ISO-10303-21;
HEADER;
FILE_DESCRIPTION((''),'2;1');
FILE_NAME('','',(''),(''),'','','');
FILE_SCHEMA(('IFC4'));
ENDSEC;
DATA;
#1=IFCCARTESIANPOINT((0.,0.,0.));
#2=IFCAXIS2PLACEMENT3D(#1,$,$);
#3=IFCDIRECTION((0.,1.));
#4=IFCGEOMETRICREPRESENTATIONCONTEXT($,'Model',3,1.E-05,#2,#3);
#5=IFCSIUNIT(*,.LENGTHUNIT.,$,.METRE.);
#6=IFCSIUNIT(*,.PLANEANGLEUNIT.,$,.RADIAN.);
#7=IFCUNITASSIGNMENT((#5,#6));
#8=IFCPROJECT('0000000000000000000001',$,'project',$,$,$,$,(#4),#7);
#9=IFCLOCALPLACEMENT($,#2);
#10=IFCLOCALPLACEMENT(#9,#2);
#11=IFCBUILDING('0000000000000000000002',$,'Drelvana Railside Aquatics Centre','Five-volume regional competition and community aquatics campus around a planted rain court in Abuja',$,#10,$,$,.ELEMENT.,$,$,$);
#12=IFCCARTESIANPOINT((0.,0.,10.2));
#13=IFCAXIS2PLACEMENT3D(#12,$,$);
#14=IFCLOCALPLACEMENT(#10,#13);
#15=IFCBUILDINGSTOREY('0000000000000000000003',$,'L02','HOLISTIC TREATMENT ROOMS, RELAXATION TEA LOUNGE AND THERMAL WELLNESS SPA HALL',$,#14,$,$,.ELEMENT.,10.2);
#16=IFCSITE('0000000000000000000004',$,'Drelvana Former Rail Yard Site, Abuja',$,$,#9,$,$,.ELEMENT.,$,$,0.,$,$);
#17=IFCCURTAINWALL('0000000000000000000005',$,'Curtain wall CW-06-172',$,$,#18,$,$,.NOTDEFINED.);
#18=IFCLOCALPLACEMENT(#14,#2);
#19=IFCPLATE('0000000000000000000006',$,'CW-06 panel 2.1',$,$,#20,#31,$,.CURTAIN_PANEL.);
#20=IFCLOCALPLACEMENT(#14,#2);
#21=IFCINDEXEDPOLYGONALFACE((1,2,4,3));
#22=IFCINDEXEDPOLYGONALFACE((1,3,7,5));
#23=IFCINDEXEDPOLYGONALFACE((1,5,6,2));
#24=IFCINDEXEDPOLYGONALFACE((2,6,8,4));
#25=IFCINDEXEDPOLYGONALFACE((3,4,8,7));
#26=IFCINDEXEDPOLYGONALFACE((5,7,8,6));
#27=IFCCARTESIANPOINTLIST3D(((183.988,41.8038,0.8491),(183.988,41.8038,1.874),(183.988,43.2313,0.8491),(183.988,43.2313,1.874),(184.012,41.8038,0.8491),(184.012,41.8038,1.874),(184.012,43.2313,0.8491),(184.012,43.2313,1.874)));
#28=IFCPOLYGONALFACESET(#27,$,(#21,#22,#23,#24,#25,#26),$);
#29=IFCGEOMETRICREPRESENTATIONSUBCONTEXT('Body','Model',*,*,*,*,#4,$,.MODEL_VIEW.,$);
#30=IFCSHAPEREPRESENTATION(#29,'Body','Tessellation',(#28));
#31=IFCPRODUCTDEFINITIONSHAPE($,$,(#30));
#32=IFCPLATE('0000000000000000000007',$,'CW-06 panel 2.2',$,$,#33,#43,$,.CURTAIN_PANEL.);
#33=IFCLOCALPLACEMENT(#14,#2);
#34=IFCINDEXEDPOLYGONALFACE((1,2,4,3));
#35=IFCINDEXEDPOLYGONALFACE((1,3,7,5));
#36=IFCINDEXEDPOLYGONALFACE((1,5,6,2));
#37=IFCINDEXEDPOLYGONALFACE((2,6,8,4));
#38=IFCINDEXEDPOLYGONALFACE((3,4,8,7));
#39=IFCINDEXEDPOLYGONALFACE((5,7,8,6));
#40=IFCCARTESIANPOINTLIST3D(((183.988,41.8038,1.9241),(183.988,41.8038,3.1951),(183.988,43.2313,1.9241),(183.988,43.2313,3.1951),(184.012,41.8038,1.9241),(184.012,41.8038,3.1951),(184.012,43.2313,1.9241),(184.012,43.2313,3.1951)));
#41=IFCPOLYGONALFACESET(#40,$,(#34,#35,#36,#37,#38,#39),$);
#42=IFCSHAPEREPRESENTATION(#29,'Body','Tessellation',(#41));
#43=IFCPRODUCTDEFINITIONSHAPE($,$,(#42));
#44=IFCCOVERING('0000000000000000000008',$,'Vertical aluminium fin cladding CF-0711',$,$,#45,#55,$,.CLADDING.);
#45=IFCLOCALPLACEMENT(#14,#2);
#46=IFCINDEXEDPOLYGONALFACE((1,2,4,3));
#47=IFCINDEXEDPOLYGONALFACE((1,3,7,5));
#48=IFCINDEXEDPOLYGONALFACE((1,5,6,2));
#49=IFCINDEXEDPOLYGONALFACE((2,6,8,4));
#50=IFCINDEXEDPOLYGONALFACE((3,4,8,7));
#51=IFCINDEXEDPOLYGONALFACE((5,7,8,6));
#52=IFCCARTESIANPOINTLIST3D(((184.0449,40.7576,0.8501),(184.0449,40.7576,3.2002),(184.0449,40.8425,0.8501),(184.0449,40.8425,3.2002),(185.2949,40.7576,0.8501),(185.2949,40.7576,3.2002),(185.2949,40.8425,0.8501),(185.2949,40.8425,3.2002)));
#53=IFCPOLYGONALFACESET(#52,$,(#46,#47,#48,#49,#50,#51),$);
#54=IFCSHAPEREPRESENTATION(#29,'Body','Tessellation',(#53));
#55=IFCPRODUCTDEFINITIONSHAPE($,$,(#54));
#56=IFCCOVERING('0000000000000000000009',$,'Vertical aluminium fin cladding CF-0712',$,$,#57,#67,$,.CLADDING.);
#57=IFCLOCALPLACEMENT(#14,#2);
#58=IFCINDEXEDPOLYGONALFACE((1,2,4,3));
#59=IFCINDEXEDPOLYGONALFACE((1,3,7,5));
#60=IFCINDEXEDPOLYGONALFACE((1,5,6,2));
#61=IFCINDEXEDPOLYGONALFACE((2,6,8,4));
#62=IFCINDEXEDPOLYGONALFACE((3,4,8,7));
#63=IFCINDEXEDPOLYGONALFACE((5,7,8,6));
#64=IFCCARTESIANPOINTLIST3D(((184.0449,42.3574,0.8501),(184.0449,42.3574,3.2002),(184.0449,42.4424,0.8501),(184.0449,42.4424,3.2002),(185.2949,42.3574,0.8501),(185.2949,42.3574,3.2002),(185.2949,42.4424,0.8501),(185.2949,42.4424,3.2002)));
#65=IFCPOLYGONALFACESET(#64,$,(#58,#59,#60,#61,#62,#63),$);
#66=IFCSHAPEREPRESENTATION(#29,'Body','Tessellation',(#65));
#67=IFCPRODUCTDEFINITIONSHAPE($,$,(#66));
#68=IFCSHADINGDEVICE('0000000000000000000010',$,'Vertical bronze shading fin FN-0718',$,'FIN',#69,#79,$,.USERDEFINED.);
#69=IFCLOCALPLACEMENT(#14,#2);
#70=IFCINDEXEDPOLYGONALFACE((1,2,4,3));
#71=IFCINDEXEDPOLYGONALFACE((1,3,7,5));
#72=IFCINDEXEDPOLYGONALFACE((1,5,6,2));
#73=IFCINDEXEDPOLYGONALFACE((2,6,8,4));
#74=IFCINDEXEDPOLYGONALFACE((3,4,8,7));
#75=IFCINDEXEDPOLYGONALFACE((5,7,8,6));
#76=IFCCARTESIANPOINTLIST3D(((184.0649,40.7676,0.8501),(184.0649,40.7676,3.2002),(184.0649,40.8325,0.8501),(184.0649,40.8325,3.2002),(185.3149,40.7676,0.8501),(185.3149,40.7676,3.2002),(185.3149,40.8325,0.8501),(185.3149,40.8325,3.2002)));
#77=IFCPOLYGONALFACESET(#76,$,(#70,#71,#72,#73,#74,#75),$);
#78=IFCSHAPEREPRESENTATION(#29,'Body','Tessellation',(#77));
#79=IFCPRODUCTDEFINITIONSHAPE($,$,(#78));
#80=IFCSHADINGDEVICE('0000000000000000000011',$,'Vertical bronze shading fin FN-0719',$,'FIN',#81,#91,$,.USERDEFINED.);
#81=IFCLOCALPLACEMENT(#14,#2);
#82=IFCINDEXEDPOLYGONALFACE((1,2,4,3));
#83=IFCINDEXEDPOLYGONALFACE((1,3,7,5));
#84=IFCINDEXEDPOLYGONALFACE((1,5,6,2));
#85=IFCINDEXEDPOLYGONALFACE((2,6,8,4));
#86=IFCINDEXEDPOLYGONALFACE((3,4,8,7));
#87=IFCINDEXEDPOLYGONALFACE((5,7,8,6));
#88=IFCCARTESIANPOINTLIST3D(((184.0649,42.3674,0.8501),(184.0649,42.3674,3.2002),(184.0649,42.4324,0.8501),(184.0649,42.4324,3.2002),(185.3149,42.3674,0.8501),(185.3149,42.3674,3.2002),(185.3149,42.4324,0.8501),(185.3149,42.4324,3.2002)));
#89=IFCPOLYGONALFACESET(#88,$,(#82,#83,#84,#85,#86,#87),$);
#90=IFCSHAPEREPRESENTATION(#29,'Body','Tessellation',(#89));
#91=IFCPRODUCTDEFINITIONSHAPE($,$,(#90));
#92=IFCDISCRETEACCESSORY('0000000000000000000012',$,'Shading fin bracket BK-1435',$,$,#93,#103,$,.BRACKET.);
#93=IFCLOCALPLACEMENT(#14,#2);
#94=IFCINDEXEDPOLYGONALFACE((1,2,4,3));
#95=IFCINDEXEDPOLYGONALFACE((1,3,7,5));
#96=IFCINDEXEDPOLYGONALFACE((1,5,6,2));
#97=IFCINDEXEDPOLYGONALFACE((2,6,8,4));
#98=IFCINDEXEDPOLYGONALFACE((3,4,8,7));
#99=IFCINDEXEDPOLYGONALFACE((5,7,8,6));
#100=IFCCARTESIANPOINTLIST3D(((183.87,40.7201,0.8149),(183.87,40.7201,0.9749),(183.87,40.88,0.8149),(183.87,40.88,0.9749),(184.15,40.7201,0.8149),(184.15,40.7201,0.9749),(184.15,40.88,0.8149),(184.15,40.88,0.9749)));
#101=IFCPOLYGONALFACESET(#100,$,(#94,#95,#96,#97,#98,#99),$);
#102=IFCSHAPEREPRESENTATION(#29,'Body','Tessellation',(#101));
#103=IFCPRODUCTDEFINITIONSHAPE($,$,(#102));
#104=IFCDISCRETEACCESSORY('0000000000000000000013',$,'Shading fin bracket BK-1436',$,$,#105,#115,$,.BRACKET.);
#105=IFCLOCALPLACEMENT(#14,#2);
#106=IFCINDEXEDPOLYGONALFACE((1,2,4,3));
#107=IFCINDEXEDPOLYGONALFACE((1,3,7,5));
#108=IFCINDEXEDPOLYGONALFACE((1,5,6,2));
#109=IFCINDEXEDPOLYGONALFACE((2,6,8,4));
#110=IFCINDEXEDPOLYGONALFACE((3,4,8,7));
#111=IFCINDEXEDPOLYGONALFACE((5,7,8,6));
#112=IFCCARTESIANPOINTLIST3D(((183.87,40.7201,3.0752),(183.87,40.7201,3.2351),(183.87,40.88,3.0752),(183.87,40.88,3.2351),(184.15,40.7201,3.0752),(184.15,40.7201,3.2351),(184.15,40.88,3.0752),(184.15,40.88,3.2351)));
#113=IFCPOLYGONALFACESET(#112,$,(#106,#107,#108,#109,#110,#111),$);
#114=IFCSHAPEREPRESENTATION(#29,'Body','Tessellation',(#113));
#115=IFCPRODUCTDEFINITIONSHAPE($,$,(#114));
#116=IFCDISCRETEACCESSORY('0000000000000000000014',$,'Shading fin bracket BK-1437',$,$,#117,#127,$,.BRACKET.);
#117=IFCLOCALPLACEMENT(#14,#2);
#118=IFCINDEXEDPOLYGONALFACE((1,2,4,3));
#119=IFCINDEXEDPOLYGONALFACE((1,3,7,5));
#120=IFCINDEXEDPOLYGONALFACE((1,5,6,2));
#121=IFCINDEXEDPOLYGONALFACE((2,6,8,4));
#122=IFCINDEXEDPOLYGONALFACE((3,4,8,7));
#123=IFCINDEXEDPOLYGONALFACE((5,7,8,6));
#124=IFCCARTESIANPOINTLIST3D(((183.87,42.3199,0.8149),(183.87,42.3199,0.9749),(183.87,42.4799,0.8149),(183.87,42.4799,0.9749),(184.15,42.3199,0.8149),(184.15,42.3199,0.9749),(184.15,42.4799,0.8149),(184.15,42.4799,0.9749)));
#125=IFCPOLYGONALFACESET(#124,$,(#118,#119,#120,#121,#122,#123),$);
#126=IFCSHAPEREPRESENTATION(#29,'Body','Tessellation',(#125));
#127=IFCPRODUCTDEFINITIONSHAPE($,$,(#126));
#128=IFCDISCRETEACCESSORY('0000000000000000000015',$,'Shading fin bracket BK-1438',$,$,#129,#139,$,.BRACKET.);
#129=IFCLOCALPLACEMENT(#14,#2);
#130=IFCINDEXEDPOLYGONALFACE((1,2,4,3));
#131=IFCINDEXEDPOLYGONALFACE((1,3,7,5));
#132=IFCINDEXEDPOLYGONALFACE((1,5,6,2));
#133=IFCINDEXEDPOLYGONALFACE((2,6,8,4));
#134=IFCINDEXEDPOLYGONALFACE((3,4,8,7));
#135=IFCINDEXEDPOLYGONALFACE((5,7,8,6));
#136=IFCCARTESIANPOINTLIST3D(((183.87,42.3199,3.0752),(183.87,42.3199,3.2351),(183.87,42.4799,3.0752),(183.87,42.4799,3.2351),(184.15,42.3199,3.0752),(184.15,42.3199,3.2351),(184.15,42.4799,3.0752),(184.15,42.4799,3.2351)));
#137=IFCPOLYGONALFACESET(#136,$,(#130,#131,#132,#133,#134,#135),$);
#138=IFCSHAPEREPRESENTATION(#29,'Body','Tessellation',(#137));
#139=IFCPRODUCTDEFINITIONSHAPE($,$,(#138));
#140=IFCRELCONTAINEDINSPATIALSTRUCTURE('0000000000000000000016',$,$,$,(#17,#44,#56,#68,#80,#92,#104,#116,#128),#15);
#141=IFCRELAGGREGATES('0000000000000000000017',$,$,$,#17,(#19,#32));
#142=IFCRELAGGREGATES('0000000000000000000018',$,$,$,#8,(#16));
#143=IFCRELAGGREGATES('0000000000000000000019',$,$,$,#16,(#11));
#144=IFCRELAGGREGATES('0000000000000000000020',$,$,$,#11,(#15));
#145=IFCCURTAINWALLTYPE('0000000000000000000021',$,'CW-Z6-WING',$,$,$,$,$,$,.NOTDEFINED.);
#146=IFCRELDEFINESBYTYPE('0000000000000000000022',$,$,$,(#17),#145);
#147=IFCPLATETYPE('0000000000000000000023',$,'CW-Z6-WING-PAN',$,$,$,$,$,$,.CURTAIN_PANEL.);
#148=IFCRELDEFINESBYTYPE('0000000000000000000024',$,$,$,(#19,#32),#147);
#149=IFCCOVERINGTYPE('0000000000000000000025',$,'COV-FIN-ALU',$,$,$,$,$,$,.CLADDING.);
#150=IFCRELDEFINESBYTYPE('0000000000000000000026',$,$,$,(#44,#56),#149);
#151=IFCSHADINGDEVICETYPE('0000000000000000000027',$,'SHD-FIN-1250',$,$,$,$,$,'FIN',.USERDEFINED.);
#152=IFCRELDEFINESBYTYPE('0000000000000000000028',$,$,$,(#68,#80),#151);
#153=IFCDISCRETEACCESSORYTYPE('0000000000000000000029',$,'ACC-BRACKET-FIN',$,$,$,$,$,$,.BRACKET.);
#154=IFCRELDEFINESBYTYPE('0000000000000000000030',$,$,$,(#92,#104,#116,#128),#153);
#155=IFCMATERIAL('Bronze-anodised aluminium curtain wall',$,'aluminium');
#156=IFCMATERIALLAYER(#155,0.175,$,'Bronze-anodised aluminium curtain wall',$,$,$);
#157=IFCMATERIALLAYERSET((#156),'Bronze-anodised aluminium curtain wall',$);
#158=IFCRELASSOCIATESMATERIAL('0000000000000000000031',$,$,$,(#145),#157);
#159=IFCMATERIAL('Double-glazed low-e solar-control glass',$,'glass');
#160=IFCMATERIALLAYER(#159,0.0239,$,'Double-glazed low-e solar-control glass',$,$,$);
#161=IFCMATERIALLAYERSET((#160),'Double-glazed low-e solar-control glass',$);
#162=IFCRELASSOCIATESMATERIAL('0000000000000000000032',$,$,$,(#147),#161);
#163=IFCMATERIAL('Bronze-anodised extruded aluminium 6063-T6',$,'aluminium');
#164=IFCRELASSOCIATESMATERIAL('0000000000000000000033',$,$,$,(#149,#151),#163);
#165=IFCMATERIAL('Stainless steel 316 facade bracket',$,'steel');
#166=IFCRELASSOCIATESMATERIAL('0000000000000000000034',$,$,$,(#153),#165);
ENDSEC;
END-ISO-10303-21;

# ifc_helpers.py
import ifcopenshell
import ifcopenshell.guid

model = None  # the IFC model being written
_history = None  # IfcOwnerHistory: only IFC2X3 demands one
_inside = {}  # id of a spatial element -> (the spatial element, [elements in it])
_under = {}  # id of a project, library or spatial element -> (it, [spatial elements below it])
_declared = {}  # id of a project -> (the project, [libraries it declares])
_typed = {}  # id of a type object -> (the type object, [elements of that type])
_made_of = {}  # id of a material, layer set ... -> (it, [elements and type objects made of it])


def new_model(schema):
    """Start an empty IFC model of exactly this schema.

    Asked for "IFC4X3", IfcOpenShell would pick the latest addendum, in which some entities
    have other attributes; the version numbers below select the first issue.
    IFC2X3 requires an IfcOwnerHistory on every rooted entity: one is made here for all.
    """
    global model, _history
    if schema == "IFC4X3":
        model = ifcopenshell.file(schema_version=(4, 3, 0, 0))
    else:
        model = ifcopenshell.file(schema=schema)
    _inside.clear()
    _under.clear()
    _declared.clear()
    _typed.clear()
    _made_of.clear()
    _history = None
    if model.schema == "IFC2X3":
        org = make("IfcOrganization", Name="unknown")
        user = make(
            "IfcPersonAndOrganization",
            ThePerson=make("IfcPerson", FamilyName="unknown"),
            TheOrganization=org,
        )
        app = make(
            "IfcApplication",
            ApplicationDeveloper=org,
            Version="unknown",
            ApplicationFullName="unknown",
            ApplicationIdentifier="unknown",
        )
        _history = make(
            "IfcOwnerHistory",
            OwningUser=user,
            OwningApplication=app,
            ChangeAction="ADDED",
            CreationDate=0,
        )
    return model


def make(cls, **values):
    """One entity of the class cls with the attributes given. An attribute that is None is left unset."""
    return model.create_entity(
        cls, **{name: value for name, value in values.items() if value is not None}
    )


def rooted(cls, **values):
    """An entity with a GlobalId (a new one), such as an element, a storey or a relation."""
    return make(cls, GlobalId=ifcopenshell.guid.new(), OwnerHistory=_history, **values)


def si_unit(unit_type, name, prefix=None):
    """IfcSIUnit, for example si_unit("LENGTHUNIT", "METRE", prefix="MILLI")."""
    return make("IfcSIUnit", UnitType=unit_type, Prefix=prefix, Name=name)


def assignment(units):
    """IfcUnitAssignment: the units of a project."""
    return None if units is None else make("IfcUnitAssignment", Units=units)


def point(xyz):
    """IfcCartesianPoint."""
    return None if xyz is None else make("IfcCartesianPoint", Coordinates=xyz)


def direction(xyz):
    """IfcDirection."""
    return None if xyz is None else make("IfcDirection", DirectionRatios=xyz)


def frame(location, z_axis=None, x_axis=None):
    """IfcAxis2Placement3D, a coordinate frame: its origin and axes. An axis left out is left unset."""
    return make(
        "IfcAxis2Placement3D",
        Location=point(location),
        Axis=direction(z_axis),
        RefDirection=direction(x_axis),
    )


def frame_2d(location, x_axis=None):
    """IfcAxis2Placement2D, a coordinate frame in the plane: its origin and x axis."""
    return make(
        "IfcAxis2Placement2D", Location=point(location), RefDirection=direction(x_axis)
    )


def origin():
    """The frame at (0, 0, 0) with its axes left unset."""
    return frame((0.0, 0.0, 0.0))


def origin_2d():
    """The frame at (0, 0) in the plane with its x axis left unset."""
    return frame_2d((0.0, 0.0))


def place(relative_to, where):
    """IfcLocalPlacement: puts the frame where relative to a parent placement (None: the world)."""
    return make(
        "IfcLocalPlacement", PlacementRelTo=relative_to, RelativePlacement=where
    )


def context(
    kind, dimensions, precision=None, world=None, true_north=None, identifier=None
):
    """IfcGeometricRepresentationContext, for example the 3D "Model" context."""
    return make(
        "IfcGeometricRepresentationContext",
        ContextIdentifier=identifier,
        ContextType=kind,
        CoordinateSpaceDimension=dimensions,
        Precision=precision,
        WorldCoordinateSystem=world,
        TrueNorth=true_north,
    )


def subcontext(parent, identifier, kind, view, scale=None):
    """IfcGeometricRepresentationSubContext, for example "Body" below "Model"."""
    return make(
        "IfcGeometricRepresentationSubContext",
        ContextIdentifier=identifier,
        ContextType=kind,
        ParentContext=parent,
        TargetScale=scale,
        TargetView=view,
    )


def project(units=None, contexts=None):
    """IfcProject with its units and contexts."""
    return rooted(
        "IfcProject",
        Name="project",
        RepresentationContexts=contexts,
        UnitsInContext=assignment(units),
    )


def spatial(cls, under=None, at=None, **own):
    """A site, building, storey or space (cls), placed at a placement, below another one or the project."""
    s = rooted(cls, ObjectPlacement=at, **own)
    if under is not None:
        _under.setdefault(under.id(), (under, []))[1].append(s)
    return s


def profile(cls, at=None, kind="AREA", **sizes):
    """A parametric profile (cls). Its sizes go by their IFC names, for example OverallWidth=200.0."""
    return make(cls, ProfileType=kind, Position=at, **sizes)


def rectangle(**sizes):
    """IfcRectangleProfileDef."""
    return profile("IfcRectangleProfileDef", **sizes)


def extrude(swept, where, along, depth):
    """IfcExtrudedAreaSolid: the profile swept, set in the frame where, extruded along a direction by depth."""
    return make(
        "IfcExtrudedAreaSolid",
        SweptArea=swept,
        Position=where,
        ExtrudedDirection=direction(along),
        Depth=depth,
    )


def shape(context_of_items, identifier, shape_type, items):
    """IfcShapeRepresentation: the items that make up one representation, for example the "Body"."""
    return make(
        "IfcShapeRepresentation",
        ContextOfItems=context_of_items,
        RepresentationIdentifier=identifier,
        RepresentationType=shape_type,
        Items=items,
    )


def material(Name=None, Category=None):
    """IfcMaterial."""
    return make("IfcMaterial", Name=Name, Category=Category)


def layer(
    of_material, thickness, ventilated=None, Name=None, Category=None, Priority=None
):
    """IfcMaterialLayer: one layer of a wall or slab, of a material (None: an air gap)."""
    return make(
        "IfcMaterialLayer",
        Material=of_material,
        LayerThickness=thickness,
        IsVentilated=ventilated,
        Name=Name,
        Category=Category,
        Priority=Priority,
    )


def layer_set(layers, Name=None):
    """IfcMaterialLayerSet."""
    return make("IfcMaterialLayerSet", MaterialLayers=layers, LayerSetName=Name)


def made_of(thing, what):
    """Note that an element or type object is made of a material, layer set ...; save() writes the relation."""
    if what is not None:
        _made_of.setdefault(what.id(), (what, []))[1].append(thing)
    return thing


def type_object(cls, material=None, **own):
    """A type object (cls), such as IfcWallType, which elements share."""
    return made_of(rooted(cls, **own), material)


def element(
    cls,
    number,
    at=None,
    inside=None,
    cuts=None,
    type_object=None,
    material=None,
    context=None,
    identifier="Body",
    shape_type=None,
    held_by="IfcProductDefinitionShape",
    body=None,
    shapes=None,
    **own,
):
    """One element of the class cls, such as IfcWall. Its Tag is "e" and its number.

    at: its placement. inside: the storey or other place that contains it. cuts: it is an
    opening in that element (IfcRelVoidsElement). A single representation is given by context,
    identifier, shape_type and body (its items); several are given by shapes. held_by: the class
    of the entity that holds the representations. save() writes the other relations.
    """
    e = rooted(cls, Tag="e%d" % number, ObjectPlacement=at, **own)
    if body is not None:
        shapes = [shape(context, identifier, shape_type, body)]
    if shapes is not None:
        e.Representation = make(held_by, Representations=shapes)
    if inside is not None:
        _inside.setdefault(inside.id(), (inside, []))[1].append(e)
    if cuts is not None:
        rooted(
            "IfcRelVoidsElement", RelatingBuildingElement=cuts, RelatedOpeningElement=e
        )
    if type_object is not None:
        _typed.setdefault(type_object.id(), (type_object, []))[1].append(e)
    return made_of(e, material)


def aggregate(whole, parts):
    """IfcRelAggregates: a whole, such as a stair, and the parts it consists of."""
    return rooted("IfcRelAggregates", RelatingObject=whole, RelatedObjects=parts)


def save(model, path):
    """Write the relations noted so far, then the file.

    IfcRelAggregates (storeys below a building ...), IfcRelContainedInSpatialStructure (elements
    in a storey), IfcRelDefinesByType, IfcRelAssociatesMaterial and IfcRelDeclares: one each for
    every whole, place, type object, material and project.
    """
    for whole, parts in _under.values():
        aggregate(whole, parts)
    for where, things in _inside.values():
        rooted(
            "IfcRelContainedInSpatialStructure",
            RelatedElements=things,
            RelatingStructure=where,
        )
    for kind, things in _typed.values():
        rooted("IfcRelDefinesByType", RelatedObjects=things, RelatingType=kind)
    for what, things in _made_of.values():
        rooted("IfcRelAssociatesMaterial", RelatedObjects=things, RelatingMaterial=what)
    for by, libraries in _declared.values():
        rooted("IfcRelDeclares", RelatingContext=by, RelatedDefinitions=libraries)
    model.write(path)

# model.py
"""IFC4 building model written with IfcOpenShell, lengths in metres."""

from ifc_helpers import new_model, si_unit, direction, frame, origin, origin_2d, place, context, subcontext, project, spatial, rectangle, extrude, material, layer, layer_set, type_object, element, aggregate, save


model = new_model("IFC4")

# Units and contexts
model_context = context("Model", 3, precision=1e-05, world=origin(), true_north=direction((0.0, 1.0)))
body_context = subcontext(model_context, "Body", "Model", "MODEL_VIEW")
ifc_project = project(units=[si_unit("LENGTHUNIT", "METRE"), si_unit("PLANEANGLEUNIT", "RADIAN")], contexts=[model_context])

# Site, building, storey
site_placement = place(None, origin())
site = spatial("IfcSite", under=ifc_project, at=site_placement, Name="Drelvana Former Rail Yard Site, Abuja", CompositionType="ELEMENT", RefElevation=0.0)
building_placement = place(site_placement, origin())
building = spatial("IfcBuilding", under=site, at=building_placement, Name="Drelvana Railside Aquatics Centre", Description="Five-volume regional competition and community aquatics campus around a planted rain court in Abuja", CompositionType="ELEMENT")
storey_placement = place(building_placement, frame((0.0, 0.0, 10.2)))
storey = spatial("IfcBuildingStorey", under=building, at=storey_placement, Name="L02", Description="HOLISTIC TREATMENT ROOMS, RELAXATION TEA LOUNGE AND THERMAL WELLNESS SPA HALL", CompositionType="ELEMENT", Elevation=10.2)

# Curtain wall
ifc_material_1 = material(Name="Bronze-anodised aluminium curtain wall", Category="aluminium")
ifc_layer_1 = layer(ifc_material_1, 0.175, Name="Bronze-anodised aluminium curtain wall")
ifc_layer_set_1 = layer_set([ifc_layer_1], Name="Bronze-anodised aluminium curtain wall")
curtain_wall_type = type_object("IfcCurtainWallType", Name="CW-Z6-WING", PredefinedType="NOTDEFINED", material=ifc_layer_set_1)
curtain_wall_placement = place(storey_placement, origin())
curtain_wall = element("IfcCurtainWall", 1, at=curtain_wall_placement, inside=storey, type_object=curtain_wall_type, Name="Curtain wall CW-06-172", PredefinedType="NOTDEFINED")

# Plates
ifc_material_2 = material(Name="Double-glazed low-e solar-control glass", Category="glass")
ifc_layer_2 = layer(ifc_material_2, 0.0239, Name="Double-glazed low-e solar-control glass")
ifc_layer_set_2 = layer_set([ifc_layer_2], Name="Double-glazed low-e solar-control glass")
plate_type = type_object("IfcPlateType", Name="CW-Z6-WING-PAN", PredefinedType="CURTAIN_PANEL", material=ifc_layer_set_2)
plate_1_placement = place(storey_placement, frame((184.0, 42.5176, 0.8491), z_axis=(0.0, 0.0, 1.0), x_axis=(0.0, 1.0, 0.0)))
plate_1 = element("IfcPlate", 2, at=plate_1_placement, type_object=plate_type, Name="CW-06 panel 2.1", PredefinedType="CURTAIN_PANEL", context=body_context, shape_type="SweptSolid", body=[
    extrude(rectangle(XDim=1.4275, YDim=0.0239, at=origin_2d()), origin(), (0.0, 0.0, 1.0), 1.0249),
])
plate_2_placement = place(storey_placement, frame((184.0, 42.5176, 1.9241), z_axis=(0.0, 0.0, 1.0), x_axis=(0.0, 1.0, 0.0)))
plate_2 = element("IfcPlate", 3, at=plate_2_placement, type_object=plate_type, Name="CW-06 panel 2.2", PredefinedType="CURTAIN_PANEL", context=body_context, shape_type="SweptSolid", body=[
    extrude(rectangle(XDim=1.4275, YDim=0.0239, at=origin_2d()), origin(), (0.0, 0.0, 1.0), 1.271),
])
aggregate(curtain_wall, [plate_1, plate_2])

# Coverings
ifc_material_3 = material(Name="Bronze-anodised extruded aluminium 6063-T6", Category="aluminium")
covering_type = type_object("IfcCoveringType", Name="COV-FIN-ALU", PredefinedType="CLADDING", material=ifc_material_3)
for number, where, z_axis, x_axis, name in (
    (4, (184.6699, 40.8, 0.8501), (0.0, 0.0, 1.0), (0.0, -1.0, 0.0), "Vertical aluminium fin cladding CF-0711"),
    (5, (184.6699, 42.3999, 0.8501), (0.0, 0.0, 1.0), (0.0, -1.0, 0.0), "Vertical aluminium fin cladding CF-0712"),
):
    element("IfcCovering", number, at=place(storey_placement, frame(where, z_axis=z_axis, x_axis=x_axis)), inside=storey, type_object=covering_type, Name=name, PredefinedType="CLADDING", context=body_context, shape_type="SweptSolid", body=[
        extrude(rectangle(XDim=0.085, YDim=1.25, at=origin_2d()), origin(), (0.0, 0.0, 1.0), 2.3501),
    ])

# Shading devices
shading_device_type = type_object("IfcShadingDeviceType", Name="SHD-FIN-1250", ElementType="FIN", PredefinedType="USERDEFINED", material=ifc_material_3)
for number, where, z_axis, x_axis, name in (
    (6, (184.6899, 40.8, 0.8501), (0.0, 0.0, 1.0), (1.0, 0.0, 0.0), "Vertical bronze shading fin FN-0718"),
    (7, (184.6899, 42.3999, 0.8501), (0.0, 0.0, 1.0), (1.0, 0.0, 0.0), "Vertical bronze shading fin FN-0719"),
):
    element("IfcShadingDevice", number, at=place(storey_placement, frame(where, z_axis=z_axis, x_axis=x_axis)), inside=storey, type_object=shading_device_type, Name=name, ObjectType="FIN", PredefinedType="USERDEFINED", context=body_context, shape_type="SweptSolid", body=[
        extrude(rectangle(XDim=1.25, YDim=0.0649, at=origin_2d()), origin(), (0.0, 0.0, 1.0), 2.3501),
    ])

# Discrete accessories
ifc_material_4 = material(Name="Stainless steel 316 facade bracket", Category="steel")
discrete_accessory_type = type_object("IfcDiscreteAccessoryType", Name="ACC-BRACKET-FIN", PredefinedType="BRACKET", material=ifc_material_4)
for number, where, z_axis, x_axis, name in (
    (8, (184.01, 40.8, 0.8149), (0.0, 0.0, 1.0), (1.0, 0.0, 0.0), "Shading fin bracket BK-1435"),
    (9, (184.01, 40.8, 3.0752), (0.0, 0.0, 1.0), (1.0, 0.0, 0.0), "Shading fin bracket BK-1436"),
    (10, (184.01, 42.3999, 0.8149), (0.0, 0.0, 1.0), (1.0, 0.0, 0.0), "Shading fin bracket BK-1437"),
    (11, (184.01, 42.3999, 3.0752), (0.0, 0.0, 1.0), (1.0, 0.0, 0.0), "Shading fin bracket BK-1438"),
):
    element("IfcDiscreteAccessory", number, at=place(storey_placement, frame(where, z_axis=z_axis, x_axis=x_axis)), inside=storey, type_object=discrete_accessory_type, Name=name, PredefinedType="BRACKET", context=body_context, shape_type="SweptSolid", body=[
        extrude(rectangle(XDim=0.28, YDim=0.1599, at=origin_2d()), origin(), (0.0, 0.0, 1.0), 0.1599),
    ])

save(model, "model.ifc")
